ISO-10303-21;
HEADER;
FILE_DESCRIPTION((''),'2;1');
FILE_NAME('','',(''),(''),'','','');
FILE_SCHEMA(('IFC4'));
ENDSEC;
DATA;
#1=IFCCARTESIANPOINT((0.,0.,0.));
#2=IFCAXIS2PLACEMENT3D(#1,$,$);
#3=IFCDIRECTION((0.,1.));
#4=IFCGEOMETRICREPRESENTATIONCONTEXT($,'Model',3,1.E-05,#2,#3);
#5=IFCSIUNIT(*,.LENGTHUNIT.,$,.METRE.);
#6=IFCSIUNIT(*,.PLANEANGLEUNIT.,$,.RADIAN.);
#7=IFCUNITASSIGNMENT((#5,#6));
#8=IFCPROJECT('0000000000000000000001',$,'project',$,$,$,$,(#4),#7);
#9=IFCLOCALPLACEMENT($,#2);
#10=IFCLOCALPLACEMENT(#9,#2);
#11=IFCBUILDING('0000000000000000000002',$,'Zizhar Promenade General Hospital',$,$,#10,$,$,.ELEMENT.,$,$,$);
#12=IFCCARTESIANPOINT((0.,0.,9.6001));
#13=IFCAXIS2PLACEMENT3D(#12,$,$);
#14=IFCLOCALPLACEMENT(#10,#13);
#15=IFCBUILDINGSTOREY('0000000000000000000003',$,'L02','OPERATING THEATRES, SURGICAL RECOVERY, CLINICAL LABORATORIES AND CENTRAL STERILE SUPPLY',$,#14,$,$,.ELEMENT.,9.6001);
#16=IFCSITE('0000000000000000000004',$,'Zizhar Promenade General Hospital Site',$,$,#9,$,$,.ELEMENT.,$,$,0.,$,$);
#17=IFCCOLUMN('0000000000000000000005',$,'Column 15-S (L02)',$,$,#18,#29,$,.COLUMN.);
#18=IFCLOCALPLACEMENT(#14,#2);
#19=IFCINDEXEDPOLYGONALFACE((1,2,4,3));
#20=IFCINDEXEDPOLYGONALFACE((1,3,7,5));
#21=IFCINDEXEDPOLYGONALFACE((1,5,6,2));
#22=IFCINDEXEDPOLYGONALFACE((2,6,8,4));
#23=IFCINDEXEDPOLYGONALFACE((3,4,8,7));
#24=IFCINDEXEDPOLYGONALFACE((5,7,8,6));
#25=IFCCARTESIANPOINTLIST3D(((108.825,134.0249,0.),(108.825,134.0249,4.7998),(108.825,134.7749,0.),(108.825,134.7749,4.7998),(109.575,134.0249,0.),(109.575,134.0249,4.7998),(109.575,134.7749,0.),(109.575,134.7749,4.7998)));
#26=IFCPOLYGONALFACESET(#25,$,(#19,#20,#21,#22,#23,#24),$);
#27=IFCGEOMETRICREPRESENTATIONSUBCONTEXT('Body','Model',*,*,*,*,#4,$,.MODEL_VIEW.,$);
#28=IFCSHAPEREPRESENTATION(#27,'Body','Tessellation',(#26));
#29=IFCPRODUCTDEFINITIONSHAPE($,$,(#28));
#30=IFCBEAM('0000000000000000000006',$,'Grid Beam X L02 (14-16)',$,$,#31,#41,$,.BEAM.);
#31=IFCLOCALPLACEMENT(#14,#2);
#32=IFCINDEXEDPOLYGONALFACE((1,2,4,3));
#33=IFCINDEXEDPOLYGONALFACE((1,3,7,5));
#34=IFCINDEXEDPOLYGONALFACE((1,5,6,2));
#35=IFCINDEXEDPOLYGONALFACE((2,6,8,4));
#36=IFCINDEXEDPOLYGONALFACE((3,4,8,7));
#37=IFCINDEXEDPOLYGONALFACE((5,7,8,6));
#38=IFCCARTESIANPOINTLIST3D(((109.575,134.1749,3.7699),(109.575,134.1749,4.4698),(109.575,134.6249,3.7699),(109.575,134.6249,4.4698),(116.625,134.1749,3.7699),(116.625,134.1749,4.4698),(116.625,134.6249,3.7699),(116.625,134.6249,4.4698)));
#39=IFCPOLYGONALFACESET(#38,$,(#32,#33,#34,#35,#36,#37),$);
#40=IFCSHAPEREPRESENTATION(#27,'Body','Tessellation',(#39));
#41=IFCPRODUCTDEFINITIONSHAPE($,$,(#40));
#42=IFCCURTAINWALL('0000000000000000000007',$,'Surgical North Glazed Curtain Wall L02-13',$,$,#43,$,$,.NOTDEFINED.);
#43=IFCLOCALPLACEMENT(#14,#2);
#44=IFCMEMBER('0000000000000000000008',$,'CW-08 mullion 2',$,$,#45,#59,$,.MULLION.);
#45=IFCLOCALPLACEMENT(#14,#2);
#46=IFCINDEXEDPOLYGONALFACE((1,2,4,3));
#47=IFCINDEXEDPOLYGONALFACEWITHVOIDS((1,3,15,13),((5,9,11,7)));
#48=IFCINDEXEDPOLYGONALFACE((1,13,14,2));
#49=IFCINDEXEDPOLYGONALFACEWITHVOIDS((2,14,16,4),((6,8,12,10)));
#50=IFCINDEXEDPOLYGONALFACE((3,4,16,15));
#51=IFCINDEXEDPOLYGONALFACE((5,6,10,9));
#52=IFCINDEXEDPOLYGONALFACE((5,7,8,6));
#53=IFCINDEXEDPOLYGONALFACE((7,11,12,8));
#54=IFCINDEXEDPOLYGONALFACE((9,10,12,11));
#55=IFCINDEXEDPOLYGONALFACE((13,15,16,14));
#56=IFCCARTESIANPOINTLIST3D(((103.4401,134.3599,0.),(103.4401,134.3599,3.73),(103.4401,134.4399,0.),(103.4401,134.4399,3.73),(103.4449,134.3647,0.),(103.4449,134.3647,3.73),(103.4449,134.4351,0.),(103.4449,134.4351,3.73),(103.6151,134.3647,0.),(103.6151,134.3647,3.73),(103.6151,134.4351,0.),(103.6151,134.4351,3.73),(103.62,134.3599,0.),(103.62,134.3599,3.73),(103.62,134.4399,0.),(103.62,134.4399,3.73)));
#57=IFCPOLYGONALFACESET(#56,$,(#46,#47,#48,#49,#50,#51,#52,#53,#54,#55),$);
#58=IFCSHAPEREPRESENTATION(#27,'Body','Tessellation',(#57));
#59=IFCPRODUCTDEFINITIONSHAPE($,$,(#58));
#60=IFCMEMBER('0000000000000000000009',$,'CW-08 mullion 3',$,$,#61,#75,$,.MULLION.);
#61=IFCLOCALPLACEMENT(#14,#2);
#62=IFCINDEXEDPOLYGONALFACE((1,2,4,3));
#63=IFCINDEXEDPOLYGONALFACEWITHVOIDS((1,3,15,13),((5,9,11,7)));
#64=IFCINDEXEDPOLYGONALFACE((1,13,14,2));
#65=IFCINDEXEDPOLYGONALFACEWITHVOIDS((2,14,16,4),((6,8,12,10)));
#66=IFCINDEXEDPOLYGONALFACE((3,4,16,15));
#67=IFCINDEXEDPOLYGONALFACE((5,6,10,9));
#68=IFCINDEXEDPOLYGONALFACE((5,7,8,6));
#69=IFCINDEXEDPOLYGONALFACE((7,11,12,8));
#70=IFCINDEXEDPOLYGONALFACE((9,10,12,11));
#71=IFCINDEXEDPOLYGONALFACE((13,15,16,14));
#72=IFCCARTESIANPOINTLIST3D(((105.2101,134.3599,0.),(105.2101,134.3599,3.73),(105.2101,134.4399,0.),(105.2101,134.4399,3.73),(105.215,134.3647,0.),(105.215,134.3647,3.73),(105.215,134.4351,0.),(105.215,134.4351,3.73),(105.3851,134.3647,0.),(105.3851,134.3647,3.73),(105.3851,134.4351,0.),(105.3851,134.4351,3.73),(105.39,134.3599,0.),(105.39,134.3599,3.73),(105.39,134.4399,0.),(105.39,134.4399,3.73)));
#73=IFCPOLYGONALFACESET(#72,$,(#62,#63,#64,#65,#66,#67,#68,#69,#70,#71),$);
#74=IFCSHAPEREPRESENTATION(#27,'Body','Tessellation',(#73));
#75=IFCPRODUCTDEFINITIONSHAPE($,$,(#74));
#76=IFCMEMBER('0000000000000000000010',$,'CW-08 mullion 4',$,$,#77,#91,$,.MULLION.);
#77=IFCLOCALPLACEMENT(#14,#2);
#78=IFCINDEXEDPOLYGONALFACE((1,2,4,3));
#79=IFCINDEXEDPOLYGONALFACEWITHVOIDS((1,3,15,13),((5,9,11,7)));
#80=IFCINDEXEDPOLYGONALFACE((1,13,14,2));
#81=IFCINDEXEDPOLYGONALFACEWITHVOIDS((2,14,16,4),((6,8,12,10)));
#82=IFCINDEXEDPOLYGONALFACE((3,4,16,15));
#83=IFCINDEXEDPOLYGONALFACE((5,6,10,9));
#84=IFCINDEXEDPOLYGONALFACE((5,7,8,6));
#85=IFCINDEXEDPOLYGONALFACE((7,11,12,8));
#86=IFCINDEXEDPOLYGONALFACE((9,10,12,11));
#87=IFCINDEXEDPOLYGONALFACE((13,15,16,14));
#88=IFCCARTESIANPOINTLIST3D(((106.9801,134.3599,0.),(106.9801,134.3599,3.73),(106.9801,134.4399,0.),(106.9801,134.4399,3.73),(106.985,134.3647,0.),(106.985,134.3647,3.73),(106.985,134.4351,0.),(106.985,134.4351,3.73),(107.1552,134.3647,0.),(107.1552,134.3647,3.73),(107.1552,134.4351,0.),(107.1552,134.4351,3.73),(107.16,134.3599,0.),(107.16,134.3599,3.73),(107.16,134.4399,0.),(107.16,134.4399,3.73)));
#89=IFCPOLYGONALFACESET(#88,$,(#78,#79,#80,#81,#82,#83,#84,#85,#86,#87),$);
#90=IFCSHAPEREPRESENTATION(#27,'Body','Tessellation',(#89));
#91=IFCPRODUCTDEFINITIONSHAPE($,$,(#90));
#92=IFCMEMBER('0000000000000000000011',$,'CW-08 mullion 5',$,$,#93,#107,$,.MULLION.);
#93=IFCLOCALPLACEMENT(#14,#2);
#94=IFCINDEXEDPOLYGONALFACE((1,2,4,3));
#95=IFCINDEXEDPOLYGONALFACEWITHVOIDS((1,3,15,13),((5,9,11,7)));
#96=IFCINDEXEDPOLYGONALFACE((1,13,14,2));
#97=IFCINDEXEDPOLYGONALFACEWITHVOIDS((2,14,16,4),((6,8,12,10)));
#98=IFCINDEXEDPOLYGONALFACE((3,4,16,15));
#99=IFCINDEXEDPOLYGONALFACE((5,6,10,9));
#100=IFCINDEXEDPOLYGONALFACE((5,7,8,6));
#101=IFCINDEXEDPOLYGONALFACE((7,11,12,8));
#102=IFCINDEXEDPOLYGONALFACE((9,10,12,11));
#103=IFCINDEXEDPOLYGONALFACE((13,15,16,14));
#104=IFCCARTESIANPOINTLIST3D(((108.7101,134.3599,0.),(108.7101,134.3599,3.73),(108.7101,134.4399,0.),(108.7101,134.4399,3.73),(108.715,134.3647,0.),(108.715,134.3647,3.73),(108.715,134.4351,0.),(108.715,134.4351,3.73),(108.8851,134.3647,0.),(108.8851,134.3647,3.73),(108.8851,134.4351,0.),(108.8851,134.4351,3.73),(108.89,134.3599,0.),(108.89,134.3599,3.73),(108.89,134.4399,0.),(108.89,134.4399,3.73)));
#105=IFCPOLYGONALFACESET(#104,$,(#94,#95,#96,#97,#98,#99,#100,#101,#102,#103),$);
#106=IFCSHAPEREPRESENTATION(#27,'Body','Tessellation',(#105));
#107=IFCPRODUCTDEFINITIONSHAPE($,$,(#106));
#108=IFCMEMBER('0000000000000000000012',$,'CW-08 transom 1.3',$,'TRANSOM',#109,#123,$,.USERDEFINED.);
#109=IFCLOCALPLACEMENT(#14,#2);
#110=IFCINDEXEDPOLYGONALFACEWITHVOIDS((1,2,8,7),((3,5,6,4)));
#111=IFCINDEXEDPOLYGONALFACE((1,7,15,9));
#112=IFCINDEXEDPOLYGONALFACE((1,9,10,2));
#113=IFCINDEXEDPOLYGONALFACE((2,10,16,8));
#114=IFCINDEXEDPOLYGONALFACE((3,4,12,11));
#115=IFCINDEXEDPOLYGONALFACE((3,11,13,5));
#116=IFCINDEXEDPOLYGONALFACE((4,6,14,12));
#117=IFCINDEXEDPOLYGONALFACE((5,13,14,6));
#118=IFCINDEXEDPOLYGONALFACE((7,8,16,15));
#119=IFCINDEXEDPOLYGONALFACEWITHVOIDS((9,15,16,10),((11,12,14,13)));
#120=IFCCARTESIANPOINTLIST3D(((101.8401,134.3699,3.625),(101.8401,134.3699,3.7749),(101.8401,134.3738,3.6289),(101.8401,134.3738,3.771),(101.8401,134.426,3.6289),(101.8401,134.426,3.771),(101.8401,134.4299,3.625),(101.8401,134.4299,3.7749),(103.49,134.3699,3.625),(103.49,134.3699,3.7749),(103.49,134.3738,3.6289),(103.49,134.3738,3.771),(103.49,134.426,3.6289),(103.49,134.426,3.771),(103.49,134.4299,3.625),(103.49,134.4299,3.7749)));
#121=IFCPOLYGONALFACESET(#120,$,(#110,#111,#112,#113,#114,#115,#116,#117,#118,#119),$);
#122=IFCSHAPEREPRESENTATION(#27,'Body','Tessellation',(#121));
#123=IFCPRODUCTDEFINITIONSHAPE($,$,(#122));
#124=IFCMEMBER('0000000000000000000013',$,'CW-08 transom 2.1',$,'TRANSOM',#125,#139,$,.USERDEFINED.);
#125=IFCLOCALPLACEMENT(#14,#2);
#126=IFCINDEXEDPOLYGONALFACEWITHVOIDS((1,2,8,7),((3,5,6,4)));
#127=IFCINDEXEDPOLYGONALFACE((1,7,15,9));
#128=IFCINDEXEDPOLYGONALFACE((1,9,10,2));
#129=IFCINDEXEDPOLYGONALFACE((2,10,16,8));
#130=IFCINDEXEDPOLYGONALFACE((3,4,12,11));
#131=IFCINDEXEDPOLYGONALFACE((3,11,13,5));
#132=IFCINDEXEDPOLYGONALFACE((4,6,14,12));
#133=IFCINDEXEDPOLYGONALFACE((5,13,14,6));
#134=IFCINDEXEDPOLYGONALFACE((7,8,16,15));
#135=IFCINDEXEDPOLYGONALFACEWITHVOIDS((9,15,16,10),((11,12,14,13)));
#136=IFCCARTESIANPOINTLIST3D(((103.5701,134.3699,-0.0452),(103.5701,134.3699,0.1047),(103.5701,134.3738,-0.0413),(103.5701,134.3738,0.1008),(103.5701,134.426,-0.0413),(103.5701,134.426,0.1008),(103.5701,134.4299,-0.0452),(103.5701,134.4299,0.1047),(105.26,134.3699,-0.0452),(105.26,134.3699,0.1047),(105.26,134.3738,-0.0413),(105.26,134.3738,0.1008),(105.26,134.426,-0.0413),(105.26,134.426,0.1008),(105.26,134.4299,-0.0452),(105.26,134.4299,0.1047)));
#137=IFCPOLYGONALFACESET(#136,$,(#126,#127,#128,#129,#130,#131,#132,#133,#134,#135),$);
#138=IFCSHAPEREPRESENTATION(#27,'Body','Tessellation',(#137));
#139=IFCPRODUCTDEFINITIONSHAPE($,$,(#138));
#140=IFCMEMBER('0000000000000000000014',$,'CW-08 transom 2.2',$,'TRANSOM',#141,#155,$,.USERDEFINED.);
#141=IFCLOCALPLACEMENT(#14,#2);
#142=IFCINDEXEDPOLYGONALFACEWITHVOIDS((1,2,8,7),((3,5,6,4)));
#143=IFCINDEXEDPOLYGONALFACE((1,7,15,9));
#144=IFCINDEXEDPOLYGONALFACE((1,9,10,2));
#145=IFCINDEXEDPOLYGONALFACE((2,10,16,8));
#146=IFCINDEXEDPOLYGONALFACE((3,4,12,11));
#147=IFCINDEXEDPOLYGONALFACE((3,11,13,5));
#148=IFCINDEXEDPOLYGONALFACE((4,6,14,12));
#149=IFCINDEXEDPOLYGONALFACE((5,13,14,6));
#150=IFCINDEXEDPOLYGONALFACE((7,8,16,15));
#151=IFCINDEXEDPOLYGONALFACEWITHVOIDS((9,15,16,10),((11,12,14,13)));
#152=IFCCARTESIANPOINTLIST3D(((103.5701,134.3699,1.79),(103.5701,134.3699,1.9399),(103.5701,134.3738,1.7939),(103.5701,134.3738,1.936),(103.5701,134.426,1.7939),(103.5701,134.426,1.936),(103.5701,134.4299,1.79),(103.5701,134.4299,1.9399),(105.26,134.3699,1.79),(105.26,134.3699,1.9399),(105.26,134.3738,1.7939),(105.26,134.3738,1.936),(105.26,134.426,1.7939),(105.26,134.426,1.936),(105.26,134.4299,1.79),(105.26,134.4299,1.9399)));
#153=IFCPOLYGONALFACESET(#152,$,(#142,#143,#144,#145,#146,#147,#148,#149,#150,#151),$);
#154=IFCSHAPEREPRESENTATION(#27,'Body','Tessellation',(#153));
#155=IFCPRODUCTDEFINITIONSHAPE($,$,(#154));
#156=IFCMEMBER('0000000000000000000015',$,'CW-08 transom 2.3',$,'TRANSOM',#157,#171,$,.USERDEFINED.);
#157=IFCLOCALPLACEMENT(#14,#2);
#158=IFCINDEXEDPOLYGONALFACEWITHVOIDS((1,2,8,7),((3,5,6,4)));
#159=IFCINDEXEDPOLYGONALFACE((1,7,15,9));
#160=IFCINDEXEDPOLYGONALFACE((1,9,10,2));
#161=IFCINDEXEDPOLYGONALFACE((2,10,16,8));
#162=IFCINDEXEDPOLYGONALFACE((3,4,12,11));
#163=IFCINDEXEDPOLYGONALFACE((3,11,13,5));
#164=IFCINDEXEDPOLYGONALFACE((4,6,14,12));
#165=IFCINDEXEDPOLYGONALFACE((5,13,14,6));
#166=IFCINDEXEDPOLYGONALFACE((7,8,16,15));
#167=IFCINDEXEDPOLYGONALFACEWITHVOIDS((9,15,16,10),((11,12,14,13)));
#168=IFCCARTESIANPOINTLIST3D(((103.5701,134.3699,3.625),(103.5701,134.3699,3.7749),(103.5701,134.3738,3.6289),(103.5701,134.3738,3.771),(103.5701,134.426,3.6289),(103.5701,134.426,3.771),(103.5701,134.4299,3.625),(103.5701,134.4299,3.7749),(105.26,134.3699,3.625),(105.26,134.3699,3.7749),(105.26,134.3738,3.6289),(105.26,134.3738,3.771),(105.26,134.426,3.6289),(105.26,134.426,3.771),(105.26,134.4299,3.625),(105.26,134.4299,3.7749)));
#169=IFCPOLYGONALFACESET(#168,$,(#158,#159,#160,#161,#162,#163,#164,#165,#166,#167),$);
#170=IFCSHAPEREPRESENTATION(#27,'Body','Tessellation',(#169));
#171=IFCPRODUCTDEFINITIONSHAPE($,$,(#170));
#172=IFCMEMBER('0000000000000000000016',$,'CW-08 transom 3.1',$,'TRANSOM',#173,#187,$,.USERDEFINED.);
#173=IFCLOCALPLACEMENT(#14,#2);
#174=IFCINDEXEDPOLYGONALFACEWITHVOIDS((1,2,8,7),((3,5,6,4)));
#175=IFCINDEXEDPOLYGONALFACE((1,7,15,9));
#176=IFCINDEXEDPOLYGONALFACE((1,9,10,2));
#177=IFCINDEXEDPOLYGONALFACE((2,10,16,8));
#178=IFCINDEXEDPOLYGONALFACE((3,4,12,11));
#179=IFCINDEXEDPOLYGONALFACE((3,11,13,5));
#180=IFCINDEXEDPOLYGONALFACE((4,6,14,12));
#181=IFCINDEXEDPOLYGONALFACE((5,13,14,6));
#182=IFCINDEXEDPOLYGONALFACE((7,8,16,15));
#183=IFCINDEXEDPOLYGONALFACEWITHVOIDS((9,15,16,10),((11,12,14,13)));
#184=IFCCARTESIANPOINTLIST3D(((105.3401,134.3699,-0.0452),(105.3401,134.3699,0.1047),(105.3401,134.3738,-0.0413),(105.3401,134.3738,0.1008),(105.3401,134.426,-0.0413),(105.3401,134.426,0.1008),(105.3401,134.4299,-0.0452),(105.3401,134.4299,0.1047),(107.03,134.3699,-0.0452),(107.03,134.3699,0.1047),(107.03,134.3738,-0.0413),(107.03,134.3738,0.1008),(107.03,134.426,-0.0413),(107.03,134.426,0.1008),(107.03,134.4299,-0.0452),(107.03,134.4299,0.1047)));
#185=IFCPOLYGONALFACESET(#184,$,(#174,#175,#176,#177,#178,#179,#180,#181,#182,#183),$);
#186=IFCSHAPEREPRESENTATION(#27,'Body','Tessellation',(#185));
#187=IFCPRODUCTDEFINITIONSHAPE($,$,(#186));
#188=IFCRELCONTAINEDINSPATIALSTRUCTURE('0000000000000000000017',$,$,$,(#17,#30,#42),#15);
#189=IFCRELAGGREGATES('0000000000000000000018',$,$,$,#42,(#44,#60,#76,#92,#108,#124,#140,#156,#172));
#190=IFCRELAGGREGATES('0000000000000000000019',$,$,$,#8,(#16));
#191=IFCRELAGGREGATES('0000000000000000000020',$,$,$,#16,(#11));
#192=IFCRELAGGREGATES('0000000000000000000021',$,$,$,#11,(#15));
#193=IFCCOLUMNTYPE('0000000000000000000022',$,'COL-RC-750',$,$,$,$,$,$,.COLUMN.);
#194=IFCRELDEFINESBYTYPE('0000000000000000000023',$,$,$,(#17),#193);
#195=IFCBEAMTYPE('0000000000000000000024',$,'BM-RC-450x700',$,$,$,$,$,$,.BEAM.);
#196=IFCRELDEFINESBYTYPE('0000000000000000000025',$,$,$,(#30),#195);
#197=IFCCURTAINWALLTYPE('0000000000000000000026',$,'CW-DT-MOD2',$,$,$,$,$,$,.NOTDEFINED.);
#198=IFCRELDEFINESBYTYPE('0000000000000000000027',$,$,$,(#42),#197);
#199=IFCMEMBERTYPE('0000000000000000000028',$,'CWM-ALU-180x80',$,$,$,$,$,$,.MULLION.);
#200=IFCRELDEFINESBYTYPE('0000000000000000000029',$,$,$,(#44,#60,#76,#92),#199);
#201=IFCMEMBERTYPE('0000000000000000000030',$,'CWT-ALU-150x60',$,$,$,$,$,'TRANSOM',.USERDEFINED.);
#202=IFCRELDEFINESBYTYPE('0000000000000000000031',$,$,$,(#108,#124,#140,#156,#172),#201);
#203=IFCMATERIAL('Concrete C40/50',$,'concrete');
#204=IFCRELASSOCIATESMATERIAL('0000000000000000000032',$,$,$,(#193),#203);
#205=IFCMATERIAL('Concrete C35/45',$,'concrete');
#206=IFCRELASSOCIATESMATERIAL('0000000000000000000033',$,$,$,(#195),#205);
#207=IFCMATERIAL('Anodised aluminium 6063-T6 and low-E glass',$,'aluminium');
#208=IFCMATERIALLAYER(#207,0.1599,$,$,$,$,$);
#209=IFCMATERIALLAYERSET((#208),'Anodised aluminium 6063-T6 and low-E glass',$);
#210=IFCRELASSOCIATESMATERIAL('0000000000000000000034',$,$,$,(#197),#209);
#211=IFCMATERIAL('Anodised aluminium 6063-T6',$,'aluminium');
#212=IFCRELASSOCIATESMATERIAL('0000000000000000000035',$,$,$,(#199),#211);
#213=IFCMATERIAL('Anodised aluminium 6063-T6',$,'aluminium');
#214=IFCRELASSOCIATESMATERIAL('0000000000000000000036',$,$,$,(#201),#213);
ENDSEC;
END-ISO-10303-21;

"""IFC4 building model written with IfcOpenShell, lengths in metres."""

from ifc_helpers import new_model, si_unit, direction, frame, origin, origin_2d, place, context, subcontext, project, spatial, rectangle, hollow_rectangle, extrude, material, layer, layer_set, material_profile, profile_set, type_object, element, aggregate, save


model = new_model("IFC4")

# Units and contexts
model_context = context("Model", 3, precision=1e-05, world=origin(), true_north=direction((0.0, 1.0)))
body_context = subcontext(model_context, "Body", "Model", "MODEL_VIEW")
ifc_project = project(units=[si_unit("LENGTHUNIT", "METRE"), si_unit("PLANEANGLEUNIT", "RADIAN")], contexts=[model_context])

# Site, building, storey
site_placement = place(None, origin())
site = spatial("IfcSite", under=ifc_project, at=site_placement, Name="Zizhar Promenade General Hospital Site", CompositionType="ELEMENT", RefElevation=0.0)
building_placement = place(site_placement, origin())
building = spatial("IfcBuilding", under=site, at=building_placement, Name="Zizhar Promenade General Hospital", CompositionType="ELEMENT")
storey_placement = place(building_placement, frame((0.0, 0.0, 9.6001)))
storey = spatial("IfcBuildingStorey", under=building, at=storey_placement, Name="L02", Description="OPERATING THEATRES, SURGICAL RECOVERY, CLINICAL LABORATORIES AND CENTRAL STERILE SUPPLY", CompositionType="ELEMENT", Elevation=9.6001)

# Column
ifc_material_1 = material(Name="Concrete C40/50", Category="concrete")
ifc_material_profile_1 = material_profile(ifc_material_1, rectangle(XDim=0.75, YDim=0.75, at=origin_2d()))
ifc_profile_set_1 = profile_set([ifc_material_profile_1], Name="Concrete C40/50")
column_type = type_object("IfcColumnType", Name="COL-RC-750", PredefinedType="COLUMN", material=ifc_profile_set_1)
column_placement = place(storey_placement, frame((109.2, 134.3999, 0.0), z_axis=(0.0, 0.0, 1.0), x_axis=(1.0, 0.0, 0.0)))
element("IfcColumn", 1, at=column_placement, inside=storey, type_object=column_type, Name="Column 15-S (L02)", PredefinedType="COLUMN", context=body_context, shape_type="SweptSolid", body=[
    extrude(rectangle(XDim=0.75, YDim=0.75, at=origin_2d()), origin(), (0.0, 0.0, 1.0), 4.7998),
])

# Beam
ifc_material_2 = material(Name="Concrete C35/45", Category="concrete")
ifc_material_profile_2 = material_profile(ifc_material_2, rectangle(XDim=0.45, YDim=0.7, at=origin_2d()))
ifc_profile_set_2 = profile_set([ifc_material_profile_2], Name="Concrete C35/45")
beam_type = type_object("IfcBeamType", Name="BM-RC-450x700", PredefinedType="BEAM", material=ifc_profile_set_2)
beam_placement = place(storey_placement, frame((109.575, 134.3999, 4.1199), z_axis=(1.0, 0.0, 0.0), x_axis=(0.0, 1.0, 0.0)))
element("IfcBeam", 2, at=beam_placement, inside=storey, type_object=beam_type, Name="Grid Beam X L02 (14-16)", PredefinedType="BEAM", context=body_context, shape_type="SweptSolid", body=[
    extrude(rectangle(XDim=0.45, YDim=0.7, at=origin_2d()), origin(), (0.0, 0.0, 1.0), 7.05),
])

# Curtain wall, members
ifc_material_3 = material(Name="Anodised aluminium 6063-T6 and low-E glass", Category="aluminium")
ifc_layer_1 = layer(ifc_material_3, 0.1599)
ifc_layer_set_1 = layer_set([ifc_layer_1], Name="Anodised aluminium 6063-T6 and low-E glass")
curtain_wall_type = type_object("IfcCurtainWallType", Name="CW-DT-MOD2", PredefinedType="NOTDEFINED", material=ifc_layer_set_1)
curtain_wall_placement = place(storey_placement, origin())
curtain_wall = element("IfcCurtainWall", 3, at=curtain_wall_placement, inside=storey, type_object=curtain_wall_type, Name="Surgical North Glazed Curtain Wall L02-13", PredefinedType="NOTDEFINED")
ifc_material_4 = material(Name="Anodised aluminium 6063-T6", Category="aluminium")
ifc_material_profile_3 = material_profile(ifc_material_4, hollow_rectangle(XDim=0.0801, YDim=0.1799, WallThickness=0.0049, at=origin_2d()))
ifc_profile_set_3 = profile_set([ifc_material_profile_3], Name="Anodised aluminium 6063-T6")
member_type_1 = type_object("IfcMemberType", Name="CWM-ALU-180x80", PredefinedType="MULLION", material=ifc_profile_set_3)
member_1_placement = place(storey_placement, frame((103.53, 134.3999, 0.0), z_axis=(0.0, 0.0, 1.0), x_axis=(0.0, 1.0, 0.0)))
member_1 = element("IfcMember", 4, at=member_1_placement, type_object=member_type_1, Name="CW-08 mullion 2", PredefinedType="MULLION", context=body_context, shape_type="SweptSolid", body=[
    extrude(hollow_rectangle(XDim=0.0801, YDim=0.1799, WallThickness=0.0049, at=origin_2d()), origin(), (0.0, 0.0, 1.0), 3.73),
])
member_2_placement = place(storey_placement, frame((105.3, 134.3999, 0.0), z_axis=(0.0, 0.0, 1.0), x_axis=(0.0, 1.0, 0.0)))
member_2 = element("IfcMember", 5, at=member_2_placement, type_object=member_type_1, Name="CW-08 mullion 3", PredefinedType="MULLION", context=body_context, shape_type="SweptSolid", body=[
    extrude(hollow_rectangle(XDim=0.0801, YDim=0.1799, WallThickness=0.0049, at=origin_2d()), origin(), (0.0, 0.0, 1.0), 3.73),
])
member_3_placement = place(storey_placement, frame((107.0701, 134.3999, 0.0), z_axis=(0.0, 0.0, 1.0), x_axis=(0.0, 1.0, 0.0)))
member_3 = element("IfcMember", 6, at=member_3_placement, type_object=member_type_1, Name="CW-08 mullion 4", PredefinedType="MULLION", context=body_context, shape_type="SweptSolid", body=[
    extrude(hollow_rectangle(XDim=0.0801, YDim=0.1799, WallThickness=0.0049, at=origin_2d()), origin(), (0.0, 0.0, 1.0), 3.73),
])
member_4_placement = place(storey_placement, frame((108.8, 134.3999, 0.0), z_axis=(0.0, 0.0, 1.0), x_axis=(0.0, 1.0, 0.0)))
member_4 = element("IfcMember", 7, at=member_4_placement, type_object=member_type_1, Name="CW-08 mullion 5", PredefinedType="MULLION", context=body_context, shape_type="SweptSolid", body=[
    extrude(hollow_rectangle(XDim=0.0801, YDim=0.1799, WallThickness=0.0049, at=origin_2d()), origin(), (0.0, 0.0, 1.0), 3.73),
])
ifc_material_5 = material(Name="Anodised aluminium 6063-T6", Category="aluminium")
ifc_material_profile_4 = material_profile(ifc_material_5, hollow_rectangle(XDim=0.0601, YDim=0.1499, WallThickness=0.0039, at=origin_2d()))
ifc_profile_set_4 = profile_set([ifc_material_profile_4], Name="Anodised aluminium 6063-T6")
member_type_2 = type_object("IfcMemberType", Name="CWT-ALU-150x60", ElementType="TRANSOM", PredefinedType="USERDEFINED", material=ifc_profile_set_4)
member_5_placement = place(storey_placement, frame((101.8401, 134.3999, 3.7), z_axis=(1.0, 0.0, 0.0), x_axis=(0.0, 1.0, 0.0)))
member_5 = element("IfcMember", 8, at=member_5_placement, type_object=member_type_2, Name="CW-08 transom 1.3", ObjectType="TRANSOM", PredefinedType="USERDEFINED", context=body_context, shape_type="SweptSolid", body=[
    extrude(hollow_rectangle(XDim=0.0601, YDim=0.1499, WallThickness=0.0039, at=origin_2d()), origin(), (0.0, 0.0, 1.0), 1.6499),
])
member_6_placement = place(storey_placement, frame((103.5701, 134.3999, 0.0298), z_axis=(1.0, 0.0, 0.0), x_axis=(0.0, 1.0, 0.0)))
member_6 = element("IfcMember", 9, at=member_6_placement, type_object=member_type_2, Name="CW-08 transom 2.1", ObjectType="TRANSOM", PredefinedType="USERDEFINED", context=body_context, shape_type="SweptSolid", body=[
    extrude(hollow_rectangle(XDim=0.0601, YDim=0.1499, WallThickness=0.0039, at=origin_2d()), origin(), (0.0, 0.0, 1.0), 1.6899),
])
member_7_placement = place(storey_placement, frame((103.5701, 134.3999, 1.865), z_axis=(1.0, 0.0, 0.0), x_axis=(0.0, 1.0, 0.0)))
member_7 = element("IfcMember", 10, at=member_7_placement, type_object=member_type_2, Name="CW-08 transom 2.2", ObjectType="TRANSOM", PredefinedType="USERDEFINED", context=body_context, shape_type="SweptSolid", body=[
    extrude(hollow_rectangle(XDim=0.0601, YDim=0.1499, WallThickness=0.0039, at=origin_2d()), origin(), (0.0, 0.0, 1.0), 1.6899),
])
member_8_placement = place(storey_placement, frame((103.5701, 134.3999, 3.7), z_axis=(1.0, 0.0, 0.0), x_axis=(0.0, 1.0, 0.0)))
member_8 = element("IfcMember", 11, at=member_8_placement, type_object=member_type_2, Name="CW-08 transom 2.3", ObjectType="TRANSOM", PredefinedType="USERDEFINED", context=body_context, shape_type="SweptSolid", body=[
    extrude(hollow_rectangle(XDim=0.0601, YDim=0.1499, WallThickness=0.0039, at=origin_2d()), origin(), (0.0, 0.0, 1.0), 1.6899),
])
member_9_placement = place(storey_placement, frame((105.3401, 134.3999, 0.0298), z_axis=(1.0, 0.0, 0.0), x_axis=(0.0, 1.0, 0.0)))
member_9 = element("IfcMember", 12, at=member_9_placement, type_object=member_type_2, Name="CW-08 transom 3.1", ObjectType="TRANSOM", PredefinedType="USERDEFINED", context=body_context, shape_type="SweptSolid", body=[
    extrude(hollow_rectangle(XDim=0.0601, YDim=0.1499, WallThickness=0.0039, at=origin_2d()), origin(), (0.0, 0.0, 1.0), 1.6899),
])
aggregate(curtain_wall, [member_1, member_2, member_3, member_4, member_5, member_6, member_7, member_8, member_9])

save(model, "model.ifc")
